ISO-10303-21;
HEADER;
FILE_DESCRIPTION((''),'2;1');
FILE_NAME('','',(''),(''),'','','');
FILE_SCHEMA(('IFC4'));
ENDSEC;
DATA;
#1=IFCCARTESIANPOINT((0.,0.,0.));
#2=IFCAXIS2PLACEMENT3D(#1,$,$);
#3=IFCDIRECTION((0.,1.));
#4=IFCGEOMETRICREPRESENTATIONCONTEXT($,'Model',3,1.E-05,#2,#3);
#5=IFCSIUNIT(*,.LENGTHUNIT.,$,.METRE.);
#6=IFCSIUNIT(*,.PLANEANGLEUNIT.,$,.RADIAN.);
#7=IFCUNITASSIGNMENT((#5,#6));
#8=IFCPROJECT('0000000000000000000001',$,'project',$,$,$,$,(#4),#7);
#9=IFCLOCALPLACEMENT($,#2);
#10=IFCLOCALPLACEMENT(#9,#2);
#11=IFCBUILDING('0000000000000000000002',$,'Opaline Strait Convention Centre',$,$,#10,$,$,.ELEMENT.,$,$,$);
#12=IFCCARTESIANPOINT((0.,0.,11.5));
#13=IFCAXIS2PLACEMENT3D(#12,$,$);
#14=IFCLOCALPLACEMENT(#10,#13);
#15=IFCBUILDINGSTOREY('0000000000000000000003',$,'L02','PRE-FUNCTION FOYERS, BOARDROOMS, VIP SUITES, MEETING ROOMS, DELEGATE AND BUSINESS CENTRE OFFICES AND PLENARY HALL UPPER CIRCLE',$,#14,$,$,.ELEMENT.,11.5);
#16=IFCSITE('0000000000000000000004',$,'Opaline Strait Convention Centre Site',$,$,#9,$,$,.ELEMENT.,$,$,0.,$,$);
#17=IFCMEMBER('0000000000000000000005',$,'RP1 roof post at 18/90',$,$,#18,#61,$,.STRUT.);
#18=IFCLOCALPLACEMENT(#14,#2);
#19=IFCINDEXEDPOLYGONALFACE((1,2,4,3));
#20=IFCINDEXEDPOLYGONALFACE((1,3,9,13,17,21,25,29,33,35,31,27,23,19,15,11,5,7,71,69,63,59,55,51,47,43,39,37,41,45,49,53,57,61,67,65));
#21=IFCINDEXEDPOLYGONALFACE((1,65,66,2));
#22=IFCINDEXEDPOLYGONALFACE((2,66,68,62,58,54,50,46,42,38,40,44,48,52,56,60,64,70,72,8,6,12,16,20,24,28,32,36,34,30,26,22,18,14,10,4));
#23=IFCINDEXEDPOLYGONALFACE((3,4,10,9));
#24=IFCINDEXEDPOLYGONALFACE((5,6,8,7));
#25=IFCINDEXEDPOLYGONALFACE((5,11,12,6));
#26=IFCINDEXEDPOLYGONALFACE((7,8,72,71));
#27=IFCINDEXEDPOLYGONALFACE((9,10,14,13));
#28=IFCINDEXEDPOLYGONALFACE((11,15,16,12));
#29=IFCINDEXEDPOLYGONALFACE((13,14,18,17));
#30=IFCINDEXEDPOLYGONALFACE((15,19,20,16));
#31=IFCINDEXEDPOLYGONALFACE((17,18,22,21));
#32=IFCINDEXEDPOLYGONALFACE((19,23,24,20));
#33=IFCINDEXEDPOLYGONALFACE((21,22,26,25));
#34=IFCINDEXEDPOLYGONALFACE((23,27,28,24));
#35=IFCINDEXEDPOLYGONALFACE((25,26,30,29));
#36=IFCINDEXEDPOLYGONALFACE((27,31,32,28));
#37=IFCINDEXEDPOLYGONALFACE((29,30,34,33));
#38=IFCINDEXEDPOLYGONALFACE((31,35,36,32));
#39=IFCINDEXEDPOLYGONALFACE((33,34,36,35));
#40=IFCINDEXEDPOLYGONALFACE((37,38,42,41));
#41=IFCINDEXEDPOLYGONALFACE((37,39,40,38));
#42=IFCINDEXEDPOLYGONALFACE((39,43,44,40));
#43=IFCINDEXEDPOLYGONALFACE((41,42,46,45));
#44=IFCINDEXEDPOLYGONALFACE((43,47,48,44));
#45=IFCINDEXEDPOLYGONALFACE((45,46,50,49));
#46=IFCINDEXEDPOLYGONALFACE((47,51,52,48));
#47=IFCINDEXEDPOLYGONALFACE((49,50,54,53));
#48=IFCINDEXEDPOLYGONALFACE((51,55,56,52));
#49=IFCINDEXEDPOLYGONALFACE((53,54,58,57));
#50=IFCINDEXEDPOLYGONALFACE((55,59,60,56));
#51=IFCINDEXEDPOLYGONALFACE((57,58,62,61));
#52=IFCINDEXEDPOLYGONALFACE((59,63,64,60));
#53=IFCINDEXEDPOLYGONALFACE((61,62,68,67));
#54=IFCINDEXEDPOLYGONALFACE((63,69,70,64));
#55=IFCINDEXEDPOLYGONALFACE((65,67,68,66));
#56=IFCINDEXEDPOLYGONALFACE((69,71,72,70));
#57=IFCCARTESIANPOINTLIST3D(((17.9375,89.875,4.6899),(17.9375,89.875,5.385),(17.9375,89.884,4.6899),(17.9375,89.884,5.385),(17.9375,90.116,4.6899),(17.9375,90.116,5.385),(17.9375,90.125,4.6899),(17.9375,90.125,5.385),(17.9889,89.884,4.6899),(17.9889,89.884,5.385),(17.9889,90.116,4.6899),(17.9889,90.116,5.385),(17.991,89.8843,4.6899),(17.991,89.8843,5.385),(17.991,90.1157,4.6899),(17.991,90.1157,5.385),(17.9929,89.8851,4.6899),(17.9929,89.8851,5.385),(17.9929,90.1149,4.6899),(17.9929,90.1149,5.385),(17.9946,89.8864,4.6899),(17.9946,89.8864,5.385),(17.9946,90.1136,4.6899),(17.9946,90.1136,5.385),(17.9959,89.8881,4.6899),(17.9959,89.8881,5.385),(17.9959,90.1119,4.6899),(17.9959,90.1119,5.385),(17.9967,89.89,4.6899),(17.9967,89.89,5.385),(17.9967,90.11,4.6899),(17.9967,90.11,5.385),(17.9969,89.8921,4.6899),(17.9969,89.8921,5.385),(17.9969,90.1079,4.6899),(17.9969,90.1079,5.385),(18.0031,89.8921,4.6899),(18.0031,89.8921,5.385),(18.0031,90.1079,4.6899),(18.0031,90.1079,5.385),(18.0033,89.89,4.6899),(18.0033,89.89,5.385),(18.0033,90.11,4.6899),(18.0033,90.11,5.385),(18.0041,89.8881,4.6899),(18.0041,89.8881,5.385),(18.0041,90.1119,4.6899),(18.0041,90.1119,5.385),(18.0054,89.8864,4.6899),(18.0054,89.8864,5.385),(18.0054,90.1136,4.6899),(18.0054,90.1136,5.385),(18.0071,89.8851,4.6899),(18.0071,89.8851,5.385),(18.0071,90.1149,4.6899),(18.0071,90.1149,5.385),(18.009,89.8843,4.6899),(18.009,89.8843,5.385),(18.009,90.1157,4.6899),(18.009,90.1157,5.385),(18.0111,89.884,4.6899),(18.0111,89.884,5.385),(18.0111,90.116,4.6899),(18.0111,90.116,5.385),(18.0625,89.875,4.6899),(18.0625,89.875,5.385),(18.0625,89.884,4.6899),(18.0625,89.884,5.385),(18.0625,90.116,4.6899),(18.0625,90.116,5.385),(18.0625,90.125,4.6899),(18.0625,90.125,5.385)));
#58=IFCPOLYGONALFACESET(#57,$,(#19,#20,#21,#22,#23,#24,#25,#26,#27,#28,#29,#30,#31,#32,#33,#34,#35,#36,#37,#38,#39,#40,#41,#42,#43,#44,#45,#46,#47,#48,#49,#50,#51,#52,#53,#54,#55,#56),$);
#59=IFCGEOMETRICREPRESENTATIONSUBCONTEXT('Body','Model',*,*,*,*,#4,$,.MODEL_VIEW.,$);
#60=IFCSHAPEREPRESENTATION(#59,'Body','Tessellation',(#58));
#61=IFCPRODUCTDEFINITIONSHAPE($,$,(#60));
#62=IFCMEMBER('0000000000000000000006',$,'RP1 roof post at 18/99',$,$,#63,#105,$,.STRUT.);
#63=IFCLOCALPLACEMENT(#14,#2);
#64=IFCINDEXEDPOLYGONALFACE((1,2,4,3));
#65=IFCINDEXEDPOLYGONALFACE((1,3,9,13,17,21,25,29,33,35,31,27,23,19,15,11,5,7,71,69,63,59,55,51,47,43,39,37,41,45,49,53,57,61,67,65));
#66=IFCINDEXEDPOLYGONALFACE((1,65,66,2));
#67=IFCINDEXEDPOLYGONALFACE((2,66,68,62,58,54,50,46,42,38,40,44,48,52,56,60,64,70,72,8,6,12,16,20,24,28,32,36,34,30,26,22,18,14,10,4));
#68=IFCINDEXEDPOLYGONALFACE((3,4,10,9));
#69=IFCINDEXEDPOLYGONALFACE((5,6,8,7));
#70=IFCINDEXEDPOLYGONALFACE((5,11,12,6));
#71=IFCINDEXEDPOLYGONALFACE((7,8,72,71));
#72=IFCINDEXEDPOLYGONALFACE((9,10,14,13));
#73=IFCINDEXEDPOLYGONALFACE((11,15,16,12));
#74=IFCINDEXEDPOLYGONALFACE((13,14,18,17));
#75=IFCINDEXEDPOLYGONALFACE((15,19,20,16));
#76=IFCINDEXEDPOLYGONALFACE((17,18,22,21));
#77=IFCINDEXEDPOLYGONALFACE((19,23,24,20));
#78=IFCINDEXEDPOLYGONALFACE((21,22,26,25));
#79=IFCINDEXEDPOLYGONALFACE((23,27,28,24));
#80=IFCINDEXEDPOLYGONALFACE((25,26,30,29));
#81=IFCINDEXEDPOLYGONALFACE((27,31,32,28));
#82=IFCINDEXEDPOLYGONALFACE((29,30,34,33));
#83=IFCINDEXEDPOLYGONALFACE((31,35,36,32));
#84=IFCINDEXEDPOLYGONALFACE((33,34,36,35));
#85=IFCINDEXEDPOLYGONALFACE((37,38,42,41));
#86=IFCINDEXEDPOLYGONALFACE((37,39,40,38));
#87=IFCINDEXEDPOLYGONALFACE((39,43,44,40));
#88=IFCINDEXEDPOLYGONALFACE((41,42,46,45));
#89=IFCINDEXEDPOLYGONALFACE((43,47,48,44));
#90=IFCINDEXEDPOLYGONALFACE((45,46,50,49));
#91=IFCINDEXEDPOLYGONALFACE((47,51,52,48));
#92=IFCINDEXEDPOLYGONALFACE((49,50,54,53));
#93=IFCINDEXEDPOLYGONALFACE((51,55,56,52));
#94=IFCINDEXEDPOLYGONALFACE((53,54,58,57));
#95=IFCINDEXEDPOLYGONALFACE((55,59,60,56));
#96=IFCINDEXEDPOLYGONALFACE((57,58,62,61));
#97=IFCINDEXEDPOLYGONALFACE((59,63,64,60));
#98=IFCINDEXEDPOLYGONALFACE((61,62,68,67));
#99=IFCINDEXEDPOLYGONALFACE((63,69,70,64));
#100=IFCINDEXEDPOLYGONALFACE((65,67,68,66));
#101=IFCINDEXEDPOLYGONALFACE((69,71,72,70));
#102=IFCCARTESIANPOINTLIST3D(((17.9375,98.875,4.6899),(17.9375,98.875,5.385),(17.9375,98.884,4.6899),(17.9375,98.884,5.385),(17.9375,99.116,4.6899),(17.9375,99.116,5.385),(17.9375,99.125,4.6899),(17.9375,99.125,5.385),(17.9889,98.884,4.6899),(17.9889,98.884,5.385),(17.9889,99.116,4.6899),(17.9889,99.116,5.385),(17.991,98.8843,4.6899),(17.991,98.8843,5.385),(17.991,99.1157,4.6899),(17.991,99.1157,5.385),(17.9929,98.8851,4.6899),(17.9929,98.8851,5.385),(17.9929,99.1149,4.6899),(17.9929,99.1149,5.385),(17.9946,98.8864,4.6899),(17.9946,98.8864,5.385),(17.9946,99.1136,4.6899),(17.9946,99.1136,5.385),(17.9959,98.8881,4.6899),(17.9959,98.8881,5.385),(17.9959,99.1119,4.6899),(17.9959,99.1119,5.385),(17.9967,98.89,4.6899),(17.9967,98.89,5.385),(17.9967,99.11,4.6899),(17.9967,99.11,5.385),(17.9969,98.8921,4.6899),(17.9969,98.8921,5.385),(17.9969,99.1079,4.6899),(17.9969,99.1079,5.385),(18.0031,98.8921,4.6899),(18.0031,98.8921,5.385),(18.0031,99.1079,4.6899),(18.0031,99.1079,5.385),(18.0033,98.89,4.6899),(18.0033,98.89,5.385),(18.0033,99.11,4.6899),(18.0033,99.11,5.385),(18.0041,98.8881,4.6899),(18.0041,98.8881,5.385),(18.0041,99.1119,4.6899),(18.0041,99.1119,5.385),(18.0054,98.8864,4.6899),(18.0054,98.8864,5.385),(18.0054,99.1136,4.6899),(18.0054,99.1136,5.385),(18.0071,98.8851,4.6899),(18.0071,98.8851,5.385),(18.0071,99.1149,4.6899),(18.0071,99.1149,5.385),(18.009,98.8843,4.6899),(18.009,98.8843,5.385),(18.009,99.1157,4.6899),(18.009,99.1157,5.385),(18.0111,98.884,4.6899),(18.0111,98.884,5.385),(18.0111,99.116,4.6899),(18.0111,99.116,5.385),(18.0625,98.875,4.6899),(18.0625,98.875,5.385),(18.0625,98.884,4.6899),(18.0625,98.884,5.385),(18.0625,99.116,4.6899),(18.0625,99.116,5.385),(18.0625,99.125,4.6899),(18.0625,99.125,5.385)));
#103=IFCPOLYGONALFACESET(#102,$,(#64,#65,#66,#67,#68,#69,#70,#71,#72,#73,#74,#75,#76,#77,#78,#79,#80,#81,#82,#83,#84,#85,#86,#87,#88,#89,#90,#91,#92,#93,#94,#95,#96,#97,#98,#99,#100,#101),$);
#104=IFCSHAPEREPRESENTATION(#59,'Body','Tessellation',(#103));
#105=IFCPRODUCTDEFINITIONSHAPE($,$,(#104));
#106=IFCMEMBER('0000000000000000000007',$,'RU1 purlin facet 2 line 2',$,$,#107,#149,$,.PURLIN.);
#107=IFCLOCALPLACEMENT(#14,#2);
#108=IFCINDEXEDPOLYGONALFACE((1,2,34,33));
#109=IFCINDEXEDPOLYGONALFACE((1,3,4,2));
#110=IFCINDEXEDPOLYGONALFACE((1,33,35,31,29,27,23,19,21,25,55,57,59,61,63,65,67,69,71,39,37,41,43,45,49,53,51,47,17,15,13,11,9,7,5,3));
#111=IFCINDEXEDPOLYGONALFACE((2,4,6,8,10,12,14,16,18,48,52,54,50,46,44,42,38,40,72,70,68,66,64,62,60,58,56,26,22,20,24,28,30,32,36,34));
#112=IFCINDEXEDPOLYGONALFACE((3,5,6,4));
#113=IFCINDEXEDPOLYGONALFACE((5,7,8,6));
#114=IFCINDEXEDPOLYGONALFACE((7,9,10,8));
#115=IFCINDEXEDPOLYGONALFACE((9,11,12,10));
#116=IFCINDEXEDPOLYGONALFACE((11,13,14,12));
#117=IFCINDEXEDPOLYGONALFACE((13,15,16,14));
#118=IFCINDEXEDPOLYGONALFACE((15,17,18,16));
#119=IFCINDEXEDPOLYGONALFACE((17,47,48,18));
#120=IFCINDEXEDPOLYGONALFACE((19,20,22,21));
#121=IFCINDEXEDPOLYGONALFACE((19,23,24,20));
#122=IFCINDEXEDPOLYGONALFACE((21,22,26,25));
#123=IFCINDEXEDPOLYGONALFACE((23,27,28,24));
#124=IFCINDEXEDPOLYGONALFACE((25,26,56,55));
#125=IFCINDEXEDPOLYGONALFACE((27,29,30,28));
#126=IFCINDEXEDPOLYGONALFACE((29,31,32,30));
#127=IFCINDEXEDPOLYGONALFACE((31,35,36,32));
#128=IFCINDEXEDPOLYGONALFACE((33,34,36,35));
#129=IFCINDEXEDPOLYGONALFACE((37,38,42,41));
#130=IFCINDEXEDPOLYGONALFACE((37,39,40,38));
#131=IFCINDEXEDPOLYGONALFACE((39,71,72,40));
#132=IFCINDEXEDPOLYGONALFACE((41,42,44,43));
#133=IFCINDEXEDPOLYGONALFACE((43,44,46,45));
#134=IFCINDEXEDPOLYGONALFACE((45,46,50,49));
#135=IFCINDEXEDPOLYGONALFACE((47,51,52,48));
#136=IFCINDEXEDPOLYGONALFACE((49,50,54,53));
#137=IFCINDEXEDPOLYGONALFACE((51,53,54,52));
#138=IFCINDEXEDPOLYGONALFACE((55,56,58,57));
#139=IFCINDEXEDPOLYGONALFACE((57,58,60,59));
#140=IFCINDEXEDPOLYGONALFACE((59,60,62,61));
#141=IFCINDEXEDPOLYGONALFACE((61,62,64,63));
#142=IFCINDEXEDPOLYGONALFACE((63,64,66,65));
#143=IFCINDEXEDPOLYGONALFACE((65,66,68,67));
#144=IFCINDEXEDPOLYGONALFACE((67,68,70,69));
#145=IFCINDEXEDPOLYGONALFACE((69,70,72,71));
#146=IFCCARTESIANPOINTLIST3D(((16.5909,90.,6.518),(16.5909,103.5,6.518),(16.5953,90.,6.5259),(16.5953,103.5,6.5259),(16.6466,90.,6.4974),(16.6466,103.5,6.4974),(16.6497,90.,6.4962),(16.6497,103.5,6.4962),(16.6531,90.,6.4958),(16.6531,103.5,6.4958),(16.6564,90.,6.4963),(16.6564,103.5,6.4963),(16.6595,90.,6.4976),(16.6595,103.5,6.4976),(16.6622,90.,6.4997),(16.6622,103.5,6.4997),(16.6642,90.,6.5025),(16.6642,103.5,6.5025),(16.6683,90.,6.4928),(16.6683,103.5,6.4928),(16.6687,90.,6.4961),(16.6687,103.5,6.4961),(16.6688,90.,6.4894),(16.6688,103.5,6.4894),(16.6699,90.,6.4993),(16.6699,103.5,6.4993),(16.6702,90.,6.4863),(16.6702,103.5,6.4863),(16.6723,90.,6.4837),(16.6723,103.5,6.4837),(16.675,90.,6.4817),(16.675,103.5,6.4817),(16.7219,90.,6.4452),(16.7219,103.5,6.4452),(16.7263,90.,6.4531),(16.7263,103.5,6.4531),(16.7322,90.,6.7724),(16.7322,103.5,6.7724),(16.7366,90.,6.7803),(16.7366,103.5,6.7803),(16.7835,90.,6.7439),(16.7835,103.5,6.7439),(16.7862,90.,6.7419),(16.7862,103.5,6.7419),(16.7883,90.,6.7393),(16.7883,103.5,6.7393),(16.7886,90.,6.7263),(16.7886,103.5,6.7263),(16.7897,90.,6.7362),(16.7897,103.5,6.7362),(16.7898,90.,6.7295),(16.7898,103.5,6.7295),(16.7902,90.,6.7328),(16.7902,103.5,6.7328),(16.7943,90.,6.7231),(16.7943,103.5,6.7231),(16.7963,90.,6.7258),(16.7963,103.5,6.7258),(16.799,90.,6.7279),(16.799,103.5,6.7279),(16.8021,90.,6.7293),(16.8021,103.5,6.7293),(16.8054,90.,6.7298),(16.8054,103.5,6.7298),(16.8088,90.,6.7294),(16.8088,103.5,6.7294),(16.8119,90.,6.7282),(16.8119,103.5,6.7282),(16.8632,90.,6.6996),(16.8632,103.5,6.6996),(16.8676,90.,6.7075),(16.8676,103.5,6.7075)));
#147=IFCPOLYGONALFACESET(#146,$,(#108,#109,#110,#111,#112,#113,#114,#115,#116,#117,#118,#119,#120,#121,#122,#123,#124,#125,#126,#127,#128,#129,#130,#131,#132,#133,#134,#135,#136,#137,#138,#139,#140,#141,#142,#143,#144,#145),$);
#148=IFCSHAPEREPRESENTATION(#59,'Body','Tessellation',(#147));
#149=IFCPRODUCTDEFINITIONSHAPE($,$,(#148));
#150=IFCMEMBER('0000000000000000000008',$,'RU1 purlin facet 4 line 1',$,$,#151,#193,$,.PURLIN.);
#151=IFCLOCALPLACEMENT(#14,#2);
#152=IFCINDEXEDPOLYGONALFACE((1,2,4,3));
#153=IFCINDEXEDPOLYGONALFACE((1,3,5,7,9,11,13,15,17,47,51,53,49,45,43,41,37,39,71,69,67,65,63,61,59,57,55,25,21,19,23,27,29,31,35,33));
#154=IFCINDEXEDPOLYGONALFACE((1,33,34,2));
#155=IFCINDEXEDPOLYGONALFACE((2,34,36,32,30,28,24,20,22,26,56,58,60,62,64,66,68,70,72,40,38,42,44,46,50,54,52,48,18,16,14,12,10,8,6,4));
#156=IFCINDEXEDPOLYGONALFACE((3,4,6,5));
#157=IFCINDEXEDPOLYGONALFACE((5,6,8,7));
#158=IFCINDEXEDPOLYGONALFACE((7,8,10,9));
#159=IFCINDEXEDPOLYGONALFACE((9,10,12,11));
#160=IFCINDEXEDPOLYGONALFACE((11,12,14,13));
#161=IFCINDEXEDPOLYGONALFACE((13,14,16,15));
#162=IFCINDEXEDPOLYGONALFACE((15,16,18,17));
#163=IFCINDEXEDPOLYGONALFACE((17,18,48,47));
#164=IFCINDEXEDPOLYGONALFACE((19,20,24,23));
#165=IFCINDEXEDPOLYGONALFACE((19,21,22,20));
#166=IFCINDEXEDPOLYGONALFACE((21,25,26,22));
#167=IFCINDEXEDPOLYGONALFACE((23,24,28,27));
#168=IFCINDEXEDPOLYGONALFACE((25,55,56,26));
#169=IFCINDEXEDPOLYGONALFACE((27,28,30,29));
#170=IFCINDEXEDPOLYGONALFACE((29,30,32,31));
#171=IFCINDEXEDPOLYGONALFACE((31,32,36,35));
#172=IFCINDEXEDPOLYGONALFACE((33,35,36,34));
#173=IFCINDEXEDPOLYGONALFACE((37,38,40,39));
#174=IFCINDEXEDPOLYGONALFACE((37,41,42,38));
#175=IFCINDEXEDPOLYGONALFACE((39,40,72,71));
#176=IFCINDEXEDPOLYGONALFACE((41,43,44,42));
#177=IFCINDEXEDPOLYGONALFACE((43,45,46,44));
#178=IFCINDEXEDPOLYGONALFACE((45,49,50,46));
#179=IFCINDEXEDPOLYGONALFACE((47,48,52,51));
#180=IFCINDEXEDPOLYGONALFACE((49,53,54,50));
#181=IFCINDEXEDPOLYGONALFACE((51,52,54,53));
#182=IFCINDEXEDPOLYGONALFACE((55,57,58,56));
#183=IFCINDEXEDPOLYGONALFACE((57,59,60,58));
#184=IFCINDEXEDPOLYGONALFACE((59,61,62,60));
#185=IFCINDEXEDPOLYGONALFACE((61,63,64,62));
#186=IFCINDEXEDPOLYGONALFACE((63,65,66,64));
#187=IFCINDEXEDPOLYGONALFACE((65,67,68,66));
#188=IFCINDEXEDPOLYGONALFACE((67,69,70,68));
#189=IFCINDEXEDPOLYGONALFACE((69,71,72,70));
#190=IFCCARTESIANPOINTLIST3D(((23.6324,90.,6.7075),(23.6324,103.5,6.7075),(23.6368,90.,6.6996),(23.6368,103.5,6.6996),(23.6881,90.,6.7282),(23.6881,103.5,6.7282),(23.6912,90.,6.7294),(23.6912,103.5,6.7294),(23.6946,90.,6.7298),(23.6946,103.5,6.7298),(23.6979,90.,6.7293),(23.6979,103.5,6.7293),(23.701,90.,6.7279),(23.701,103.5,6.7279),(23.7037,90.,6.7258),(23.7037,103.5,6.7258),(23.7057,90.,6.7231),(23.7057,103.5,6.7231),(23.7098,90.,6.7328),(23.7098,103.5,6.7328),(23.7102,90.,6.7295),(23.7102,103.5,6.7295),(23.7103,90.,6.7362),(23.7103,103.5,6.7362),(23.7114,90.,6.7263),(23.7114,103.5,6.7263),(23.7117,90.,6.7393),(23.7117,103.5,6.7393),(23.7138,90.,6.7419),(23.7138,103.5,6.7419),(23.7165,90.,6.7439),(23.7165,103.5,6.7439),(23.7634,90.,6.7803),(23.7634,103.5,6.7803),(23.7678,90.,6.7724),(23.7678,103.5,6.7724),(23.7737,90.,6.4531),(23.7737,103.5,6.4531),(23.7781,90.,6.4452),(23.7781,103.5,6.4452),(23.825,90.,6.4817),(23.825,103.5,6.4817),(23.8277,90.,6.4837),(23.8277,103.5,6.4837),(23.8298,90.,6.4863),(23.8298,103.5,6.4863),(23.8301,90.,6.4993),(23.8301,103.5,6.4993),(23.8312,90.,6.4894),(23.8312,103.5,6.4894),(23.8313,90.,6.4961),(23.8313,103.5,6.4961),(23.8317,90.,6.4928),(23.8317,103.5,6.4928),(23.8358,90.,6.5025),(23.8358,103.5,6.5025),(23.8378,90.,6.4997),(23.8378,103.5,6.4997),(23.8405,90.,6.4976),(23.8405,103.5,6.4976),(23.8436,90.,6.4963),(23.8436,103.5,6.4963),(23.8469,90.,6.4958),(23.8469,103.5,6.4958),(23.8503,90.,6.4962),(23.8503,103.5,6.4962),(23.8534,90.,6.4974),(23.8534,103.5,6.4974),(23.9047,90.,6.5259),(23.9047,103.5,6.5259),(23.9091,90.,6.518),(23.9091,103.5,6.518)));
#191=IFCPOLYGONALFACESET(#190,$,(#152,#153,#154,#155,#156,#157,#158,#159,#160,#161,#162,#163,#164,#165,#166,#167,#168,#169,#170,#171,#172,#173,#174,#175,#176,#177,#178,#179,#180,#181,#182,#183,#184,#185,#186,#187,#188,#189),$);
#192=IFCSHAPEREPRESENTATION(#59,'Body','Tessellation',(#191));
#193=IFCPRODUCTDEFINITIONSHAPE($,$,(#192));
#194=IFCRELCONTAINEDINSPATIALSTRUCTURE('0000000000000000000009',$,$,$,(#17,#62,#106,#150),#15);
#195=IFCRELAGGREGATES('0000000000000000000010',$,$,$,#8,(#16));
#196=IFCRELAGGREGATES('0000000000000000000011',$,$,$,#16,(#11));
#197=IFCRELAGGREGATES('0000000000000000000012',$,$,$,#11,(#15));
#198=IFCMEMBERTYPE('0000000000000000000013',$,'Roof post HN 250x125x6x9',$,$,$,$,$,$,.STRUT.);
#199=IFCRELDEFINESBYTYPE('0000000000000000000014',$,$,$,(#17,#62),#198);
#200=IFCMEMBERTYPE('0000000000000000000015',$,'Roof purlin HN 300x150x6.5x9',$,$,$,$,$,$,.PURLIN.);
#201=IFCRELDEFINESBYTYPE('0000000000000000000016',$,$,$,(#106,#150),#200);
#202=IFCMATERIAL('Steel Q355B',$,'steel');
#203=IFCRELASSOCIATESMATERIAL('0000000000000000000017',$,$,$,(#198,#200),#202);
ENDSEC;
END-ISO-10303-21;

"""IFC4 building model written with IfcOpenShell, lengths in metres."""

from ifc_helpers import new_model, si_unit, direction, frame, origin, origin_2d, place, context, subcontext, project, spatial, i_section, extrude, material, material_profile, profile_set, type_object, element, save


model = new_model("IFC4")

# Units and contexts
model_context = context("Model", 3, precision=1e-05, world=origin(), true_north=direction((0.0, 1.0)))
body_context = subcontext(model_context, "Body", "Model", "MODEL_VIEW")
ifc_project = project(units=[si_unit("LENGTHUNIT", "METRE"), si_unit("PLANEANGLEUNIT", "RADIAN")], contexts=[model_context])

# Site, building, storey
site_placement = place(None, origin())
site = spatial("IfcSite", under=ifc_project, at=site_placement, Name="Opaline Strait Convention Centre Site", CompositionType="ELEMENT", RefElevation=0.0)
building_placement = place(site_placement, origin())
building = spatial("IfcBuilding", under=site, at=building_placement, Name="Opaline Strait Convention Centre", CompositionType="ELEMENT")
storey_placement = place(building_placement, frame((0.0, 0.0, 11.5)))
storey = spatial("IfcBuildingStorey", under=building, at=storey_placement, Name="L02", Description="PRE-FUNCTION FOYERS, BOARDROOMS, VIP SUITES, MEETING ROOMS, DELEGATE AND BUSINESS CENTRE OFFICES AND PLENARY HALL UPPER CIRCLE", CompositionType="ELEMENT", Elevation=11.5)

# Shared definitions
ifc_material_1 = material(Name="Steel Q355B", Category="steel")

# Members
ifc_material_profile_1 = material_profile(ifc_material_1, i_section(OverallWidth=0.125, OverallDepth=0.25, WebThickness=0.0061, FlangeThickness=0.009, FilletRadius=0.0081, at=origin_2d()), Name="HN 250x125x6x9")
ifc_profile_set_1 = profile_set([ifc_material_profile_1], Name="Steel Q355B")
member_type_1 = type_object("IfcMemberType", Name="Roof post HN 250x125x6x9", PredefinedType="STRUT", material=ifc_profile_set_1)
for number, where, z_axis, x_axis, name in (
    (1, (18.0, 90.0, 4.6899), (0.0, 0.0, 1.0), (1.0, 0.0, 0.0), "RP1 roof post at 18/90"),
    (2, (18.0, 99.0, 4.6899), (0.0, 0.0, 1.0), (1.0, 0.0, 0.0), "RP1 roof post at 18/99"),
):
    element("IfcMember", number, at=place(storey_placement, frame(where, z_axis=z_axis, x_axis=x_axis)), inside=storey, type_object=member_type_1, Name=name, PredefinedType="STRUT", context=body_context, shape_type="SweptSolid", body=[
        extrude(i_section(OverallWidth=0.125, OverallDepth=0.25, WebThickness=0.0061, FlangeThickness=0.009, FilletRadius=0.0081, at=origin_2d()), origin(), (0.0, 0.0, 1.0), 0.6951),
    ])
ifc_material_profile_2 = material_profile(ifc_material_1, i_section(OverallWidth=0.1499, OverallDepth=0.3, WebThickness=0.0066, FlangeThickness=0.009, FilletRadius=0.0129, at=origin_2d()), Name="HN 300x150x6.5x9")
ifc_profile_set_2 = profile_set([ifc_material_profile_2], Name="Steel Q355B")
member_type_2 = type_object("IfcMemberType", Name="Roof purlin HN 300x150x6.5x9", PredefinedType="PURLIN", material=ifc_profile_set_2)
for number, where, z_axis, x_axis, name in (
    (3, (16.7292, 90.0, 6.6128), (0.0, 1.0, 0.0), (-0.874157, 0.0, 0.485643), "RU1 purlin facet 2 line 2"),
    (4, (23.7708, 90.0, 6.6128), (0.0, 1.0, 0.0), (-0.874157, 0.0, -0.485643), "RU1 purlin facet 4 line 1"),
):
    element("IfcMember", number, at=place(storey_placement, frame(where, z_axis=z_axis, x_axis=x_axis)), inside=storey, type_object=member_type_2, Name=name, PredefinedType="PURLIN", context=body_context, shape_type="SweptSolid", body=[
        extrude(i_section(OverallWidth=0.1499, OverallDepth=0.3, WebThickness=0.0066, FlangeThickness=0.009, FilletRadius=0.0129, at=origin_2d()), origin(), (0.0, 0.0, 1.0), 13.5),
    ])

save(model, "model.ifc")
